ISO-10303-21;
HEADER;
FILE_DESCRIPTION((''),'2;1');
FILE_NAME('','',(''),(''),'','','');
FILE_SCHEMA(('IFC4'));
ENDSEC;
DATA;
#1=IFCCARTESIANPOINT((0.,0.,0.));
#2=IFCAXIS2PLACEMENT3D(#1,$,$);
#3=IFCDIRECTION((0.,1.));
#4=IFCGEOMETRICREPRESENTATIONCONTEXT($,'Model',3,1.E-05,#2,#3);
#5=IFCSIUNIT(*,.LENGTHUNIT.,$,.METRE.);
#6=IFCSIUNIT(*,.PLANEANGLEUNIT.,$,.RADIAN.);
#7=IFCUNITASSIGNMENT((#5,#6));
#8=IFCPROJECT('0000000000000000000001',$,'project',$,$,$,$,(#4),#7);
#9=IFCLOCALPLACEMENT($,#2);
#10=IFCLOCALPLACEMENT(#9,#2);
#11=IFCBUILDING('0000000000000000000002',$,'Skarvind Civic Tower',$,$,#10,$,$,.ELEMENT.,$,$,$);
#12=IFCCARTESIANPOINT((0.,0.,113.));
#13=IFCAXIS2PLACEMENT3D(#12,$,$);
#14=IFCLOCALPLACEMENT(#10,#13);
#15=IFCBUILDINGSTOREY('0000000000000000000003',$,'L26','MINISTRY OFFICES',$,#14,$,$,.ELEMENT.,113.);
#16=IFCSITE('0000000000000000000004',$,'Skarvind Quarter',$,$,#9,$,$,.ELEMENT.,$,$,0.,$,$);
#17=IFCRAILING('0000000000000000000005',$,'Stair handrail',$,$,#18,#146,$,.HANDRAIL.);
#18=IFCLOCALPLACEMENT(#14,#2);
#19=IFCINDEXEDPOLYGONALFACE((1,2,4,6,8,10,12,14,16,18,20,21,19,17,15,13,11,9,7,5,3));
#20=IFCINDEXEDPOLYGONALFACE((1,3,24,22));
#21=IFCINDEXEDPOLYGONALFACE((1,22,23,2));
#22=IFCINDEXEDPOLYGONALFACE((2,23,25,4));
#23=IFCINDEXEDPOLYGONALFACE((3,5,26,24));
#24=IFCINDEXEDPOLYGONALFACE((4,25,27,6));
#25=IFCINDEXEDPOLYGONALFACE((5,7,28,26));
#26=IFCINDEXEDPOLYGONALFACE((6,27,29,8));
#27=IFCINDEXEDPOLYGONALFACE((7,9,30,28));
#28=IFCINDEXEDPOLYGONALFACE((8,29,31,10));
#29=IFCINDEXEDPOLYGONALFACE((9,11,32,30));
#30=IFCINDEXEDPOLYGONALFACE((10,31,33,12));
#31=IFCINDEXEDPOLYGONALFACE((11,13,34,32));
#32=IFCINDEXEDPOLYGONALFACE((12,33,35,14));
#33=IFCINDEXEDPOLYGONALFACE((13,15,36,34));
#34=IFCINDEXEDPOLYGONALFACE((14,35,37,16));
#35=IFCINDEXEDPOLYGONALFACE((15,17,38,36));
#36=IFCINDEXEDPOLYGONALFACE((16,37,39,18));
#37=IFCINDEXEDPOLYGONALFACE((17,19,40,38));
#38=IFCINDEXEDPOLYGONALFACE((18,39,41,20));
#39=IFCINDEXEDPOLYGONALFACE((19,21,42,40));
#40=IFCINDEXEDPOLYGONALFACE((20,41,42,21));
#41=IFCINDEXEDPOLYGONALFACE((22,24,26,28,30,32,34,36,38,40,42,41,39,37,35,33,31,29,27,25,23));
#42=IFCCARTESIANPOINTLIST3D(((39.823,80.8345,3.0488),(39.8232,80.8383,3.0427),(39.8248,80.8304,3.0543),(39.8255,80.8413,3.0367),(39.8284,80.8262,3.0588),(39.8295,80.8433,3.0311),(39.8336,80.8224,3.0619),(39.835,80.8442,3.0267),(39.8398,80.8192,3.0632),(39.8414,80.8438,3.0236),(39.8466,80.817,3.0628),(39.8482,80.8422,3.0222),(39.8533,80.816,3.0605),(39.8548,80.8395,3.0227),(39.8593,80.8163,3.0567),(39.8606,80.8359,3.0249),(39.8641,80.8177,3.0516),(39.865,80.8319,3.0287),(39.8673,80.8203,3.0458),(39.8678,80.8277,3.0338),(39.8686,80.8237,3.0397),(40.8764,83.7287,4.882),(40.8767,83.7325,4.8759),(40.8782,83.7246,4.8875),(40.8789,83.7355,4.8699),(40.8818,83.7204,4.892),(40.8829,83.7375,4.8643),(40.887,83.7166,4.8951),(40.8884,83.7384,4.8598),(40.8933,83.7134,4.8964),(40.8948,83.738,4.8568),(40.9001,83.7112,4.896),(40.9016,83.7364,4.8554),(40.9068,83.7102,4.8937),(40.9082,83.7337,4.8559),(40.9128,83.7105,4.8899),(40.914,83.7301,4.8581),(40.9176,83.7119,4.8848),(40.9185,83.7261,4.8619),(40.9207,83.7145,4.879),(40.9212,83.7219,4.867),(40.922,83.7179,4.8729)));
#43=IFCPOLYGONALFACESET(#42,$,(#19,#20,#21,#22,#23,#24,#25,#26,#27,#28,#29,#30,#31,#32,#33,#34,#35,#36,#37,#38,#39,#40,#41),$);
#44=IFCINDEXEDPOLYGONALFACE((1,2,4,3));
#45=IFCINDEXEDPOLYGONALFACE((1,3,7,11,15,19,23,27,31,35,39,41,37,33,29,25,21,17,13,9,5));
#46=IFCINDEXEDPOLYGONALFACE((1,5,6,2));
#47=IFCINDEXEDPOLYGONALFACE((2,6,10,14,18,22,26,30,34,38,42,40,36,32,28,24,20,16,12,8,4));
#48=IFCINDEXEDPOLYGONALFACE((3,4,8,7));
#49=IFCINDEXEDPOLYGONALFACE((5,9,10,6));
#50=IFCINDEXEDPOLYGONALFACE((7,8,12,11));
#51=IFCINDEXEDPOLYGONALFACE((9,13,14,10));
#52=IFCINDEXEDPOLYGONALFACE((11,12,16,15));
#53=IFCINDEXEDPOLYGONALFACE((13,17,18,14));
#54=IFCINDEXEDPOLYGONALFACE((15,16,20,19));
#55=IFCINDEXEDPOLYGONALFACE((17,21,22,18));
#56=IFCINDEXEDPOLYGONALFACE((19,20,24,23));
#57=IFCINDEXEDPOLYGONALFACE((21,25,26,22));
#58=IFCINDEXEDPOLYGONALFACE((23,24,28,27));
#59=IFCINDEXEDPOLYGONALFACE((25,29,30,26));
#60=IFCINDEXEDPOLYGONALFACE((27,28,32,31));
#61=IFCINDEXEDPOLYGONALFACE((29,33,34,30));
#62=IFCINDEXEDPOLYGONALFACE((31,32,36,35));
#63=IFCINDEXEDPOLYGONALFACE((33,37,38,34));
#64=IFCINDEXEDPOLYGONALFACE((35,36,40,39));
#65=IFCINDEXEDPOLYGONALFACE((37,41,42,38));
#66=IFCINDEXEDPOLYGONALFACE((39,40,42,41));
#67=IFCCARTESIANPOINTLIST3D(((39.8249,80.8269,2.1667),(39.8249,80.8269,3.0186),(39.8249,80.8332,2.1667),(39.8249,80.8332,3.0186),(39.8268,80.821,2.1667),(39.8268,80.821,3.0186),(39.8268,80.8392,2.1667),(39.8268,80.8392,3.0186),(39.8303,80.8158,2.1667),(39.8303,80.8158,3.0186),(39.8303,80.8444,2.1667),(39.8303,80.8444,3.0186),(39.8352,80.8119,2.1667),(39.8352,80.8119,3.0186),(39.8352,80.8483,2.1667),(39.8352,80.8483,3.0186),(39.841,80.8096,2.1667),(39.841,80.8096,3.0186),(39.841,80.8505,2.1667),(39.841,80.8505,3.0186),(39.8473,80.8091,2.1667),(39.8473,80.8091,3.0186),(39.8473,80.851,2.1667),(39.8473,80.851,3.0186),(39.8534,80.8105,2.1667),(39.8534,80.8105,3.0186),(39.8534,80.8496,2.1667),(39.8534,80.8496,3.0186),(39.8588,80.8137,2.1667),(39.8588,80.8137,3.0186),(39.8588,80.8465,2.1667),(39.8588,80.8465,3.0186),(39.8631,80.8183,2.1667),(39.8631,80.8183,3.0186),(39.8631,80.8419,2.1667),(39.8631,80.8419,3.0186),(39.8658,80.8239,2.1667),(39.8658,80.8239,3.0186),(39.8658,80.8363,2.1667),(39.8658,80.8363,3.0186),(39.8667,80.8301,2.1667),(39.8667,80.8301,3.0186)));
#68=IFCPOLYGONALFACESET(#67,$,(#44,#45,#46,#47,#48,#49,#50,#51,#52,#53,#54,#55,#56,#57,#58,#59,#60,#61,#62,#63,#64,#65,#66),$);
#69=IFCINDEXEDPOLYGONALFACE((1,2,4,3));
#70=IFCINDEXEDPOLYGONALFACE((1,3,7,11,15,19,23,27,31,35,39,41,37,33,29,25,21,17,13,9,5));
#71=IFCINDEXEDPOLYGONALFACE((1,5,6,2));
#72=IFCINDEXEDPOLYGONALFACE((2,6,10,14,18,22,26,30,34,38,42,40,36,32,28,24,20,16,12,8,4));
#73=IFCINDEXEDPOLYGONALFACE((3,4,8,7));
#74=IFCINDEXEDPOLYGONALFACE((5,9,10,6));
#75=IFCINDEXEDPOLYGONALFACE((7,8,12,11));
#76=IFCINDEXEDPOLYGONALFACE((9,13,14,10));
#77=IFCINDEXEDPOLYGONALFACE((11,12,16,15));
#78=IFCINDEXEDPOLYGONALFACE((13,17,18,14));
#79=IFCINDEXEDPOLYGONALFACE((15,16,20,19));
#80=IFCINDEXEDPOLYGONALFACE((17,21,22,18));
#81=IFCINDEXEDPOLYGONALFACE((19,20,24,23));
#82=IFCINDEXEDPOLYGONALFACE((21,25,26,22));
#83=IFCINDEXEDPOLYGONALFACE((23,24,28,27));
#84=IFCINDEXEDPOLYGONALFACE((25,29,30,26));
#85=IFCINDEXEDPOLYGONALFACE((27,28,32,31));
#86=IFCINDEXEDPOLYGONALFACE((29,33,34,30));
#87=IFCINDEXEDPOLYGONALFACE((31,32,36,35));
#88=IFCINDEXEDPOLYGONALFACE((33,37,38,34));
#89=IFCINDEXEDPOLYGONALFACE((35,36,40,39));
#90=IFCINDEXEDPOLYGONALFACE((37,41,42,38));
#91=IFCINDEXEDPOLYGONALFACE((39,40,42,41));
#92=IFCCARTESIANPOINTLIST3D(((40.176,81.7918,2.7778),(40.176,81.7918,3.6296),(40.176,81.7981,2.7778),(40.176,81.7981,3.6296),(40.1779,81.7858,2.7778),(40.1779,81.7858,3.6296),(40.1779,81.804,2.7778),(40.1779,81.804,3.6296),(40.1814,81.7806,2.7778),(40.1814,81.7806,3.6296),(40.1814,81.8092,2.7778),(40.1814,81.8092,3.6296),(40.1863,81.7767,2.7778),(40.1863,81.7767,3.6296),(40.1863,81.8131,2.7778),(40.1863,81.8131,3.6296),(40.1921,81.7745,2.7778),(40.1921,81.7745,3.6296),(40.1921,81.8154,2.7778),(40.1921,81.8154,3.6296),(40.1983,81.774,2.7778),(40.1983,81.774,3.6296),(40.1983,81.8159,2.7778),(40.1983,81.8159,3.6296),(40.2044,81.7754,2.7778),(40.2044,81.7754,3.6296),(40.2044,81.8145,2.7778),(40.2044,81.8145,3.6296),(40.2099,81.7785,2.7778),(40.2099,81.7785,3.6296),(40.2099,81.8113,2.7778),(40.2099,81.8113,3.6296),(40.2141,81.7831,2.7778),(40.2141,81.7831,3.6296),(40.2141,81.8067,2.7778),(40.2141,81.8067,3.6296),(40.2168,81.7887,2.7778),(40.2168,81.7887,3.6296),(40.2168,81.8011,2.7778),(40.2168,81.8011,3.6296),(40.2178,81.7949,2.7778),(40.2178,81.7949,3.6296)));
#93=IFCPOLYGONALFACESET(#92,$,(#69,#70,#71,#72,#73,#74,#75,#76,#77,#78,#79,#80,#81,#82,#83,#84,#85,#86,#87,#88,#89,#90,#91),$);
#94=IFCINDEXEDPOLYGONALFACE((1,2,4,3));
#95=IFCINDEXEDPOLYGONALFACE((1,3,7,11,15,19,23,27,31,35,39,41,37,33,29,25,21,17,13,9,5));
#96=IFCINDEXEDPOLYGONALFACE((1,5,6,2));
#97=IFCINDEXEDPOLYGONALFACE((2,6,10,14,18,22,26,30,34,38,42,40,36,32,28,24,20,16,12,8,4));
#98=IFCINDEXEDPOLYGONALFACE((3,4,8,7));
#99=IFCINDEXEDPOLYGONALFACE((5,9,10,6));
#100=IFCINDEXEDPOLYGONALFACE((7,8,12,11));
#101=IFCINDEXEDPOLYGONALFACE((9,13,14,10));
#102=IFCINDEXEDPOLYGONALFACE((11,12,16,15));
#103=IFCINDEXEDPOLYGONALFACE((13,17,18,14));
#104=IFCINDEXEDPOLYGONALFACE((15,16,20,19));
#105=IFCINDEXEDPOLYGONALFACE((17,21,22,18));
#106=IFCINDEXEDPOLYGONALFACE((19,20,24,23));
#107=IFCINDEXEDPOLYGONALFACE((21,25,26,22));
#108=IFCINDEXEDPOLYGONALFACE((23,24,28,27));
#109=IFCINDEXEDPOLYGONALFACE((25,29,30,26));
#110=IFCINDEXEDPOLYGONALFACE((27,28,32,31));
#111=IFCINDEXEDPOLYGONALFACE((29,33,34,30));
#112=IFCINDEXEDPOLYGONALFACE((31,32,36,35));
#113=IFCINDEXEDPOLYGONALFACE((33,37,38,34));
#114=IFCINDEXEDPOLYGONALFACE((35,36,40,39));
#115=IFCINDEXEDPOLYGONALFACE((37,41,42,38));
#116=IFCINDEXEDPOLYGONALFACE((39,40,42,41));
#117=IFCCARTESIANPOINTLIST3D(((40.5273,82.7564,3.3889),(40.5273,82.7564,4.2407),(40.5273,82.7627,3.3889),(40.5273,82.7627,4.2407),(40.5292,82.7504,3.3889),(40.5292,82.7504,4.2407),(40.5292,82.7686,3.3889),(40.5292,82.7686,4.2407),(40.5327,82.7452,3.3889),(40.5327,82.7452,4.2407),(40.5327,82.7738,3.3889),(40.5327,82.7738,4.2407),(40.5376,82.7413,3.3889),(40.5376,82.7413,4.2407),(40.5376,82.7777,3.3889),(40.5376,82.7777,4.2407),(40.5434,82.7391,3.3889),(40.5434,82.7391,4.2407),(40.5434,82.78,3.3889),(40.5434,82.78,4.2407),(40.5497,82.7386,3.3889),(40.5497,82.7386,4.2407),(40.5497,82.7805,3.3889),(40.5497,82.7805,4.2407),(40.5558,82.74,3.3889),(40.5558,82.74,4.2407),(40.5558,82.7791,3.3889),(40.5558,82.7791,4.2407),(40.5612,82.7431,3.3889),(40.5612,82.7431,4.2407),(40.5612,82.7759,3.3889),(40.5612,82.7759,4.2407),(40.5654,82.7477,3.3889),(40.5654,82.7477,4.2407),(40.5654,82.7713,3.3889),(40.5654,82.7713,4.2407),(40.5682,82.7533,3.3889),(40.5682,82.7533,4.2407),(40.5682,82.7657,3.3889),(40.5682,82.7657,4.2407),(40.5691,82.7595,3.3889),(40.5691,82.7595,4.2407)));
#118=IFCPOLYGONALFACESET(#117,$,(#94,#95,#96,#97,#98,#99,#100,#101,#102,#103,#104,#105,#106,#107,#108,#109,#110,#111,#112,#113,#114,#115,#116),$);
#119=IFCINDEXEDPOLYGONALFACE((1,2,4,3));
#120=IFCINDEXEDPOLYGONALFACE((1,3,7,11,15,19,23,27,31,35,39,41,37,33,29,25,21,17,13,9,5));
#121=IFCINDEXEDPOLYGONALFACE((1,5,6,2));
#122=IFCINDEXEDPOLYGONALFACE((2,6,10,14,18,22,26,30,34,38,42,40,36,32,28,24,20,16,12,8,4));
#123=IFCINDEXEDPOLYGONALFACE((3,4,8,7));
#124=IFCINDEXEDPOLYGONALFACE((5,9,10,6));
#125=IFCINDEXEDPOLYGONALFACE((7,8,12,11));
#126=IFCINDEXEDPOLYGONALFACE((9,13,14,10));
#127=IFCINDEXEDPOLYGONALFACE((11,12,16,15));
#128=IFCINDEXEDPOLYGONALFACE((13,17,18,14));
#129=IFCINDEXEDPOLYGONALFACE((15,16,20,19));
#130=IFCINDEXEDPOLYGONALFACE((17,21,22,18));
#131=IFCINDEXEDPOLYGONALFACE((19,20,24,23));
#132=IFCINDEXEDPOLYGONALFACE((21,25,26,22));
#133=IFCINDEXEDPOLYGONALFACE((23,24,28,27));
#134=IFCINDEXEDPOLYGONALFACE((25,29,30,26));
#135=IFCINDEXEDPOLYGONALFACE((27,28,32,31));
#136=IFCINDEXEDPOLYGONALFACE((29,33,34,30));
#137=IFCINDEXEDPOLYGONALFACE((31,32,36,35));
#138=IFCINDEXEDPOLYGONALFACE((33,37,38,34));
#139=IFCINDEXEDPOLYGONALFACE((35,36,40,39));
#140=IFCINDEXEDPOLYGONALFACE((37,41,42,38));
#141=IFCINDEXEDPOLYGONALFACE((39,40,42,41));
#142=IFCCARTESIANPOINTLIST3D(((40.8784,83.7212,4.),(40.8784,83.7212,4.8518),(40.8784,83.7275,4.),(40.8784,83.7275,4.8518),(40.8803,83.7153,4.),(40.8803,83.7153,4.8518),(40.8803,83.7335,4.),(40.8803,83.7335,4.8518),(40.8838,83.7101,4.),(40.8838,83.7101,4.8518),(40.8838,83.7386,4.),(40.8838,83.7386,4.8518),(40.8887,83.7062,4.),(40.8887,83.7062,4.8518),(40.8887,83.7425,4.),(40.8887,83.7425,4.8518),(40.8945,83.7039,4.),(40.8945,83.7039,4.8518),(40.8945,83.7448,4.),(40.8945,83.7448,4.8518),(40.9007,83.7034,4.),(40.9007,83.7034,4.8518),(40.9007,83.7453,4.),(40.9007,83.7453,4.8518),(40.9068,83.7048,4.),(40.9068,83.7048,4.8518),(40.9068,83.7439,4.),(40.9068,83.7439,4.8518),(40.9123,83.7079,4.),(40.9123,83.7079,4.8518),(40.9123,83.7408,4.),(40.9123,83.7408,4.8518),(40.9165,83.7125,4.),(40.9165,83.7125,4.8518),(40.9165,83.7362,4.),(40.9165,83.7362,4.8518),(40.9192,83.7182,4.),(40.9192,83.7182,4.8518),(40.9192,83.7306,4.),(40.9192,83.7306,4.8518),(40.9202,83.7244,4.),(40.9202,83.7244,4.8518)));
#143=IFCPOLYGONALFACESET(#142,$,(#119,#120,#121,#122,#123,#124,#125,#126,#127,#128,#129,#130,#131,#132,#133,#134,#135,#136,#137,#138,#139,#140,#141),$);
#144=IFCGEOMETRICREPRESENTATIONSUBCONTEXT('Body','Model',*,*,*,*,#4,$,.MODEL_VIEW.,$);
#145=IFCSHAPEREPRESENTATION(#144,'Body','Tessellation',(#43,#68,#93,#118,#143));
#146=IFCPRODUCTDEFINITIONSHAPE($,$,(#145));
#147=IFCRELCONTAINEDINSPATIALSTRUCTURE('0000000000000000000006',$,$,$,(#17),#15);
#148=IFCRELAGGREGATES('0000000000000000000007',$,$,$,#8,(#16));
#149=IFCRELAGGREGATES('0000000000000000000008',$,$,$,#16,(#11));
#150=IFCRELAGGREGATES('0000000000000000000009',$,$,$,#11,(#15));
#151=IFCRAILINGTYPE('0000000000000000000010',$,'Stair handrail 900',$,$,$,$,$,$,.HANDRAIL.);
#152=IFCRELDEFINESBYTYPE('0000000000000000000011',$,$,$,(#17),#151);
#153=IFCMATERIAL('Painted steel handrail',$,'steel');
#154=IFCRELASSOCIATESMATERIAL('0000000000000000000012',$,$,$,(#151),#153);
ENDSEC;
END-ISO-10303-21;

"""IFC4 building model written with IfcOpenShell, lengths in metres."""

from ifc_helpers import new_model, si_unit, direction, frame, origin, origin_2d, place, context, subcontext, project, spatial, circle, extrude, material, type_object, element, save


model = new_model("IFC4")

# Units and contexts
model_context = context("Model", 3, precision=1e-05, world=origin(), true_north=direction((0.0, 1.0)))
body_context = subcontext(model_context, "Body", "Model", "MODEL_VIEW")
ifc_project = project(units=[si_unit("LENGTHUNIT", "METRE"), si_unit("PLANEANGLEUNIT", "RADIAN")], contexts=[model_context])

# Site, building, storey
site_placement = place(None, origin())
site = spatial("IfcSite", under=ifc_project, at=site_placement, Name="Skarvind Quarter", CompositionType="ELEMENT", RefElevation=0.0)
building_placement = place(site_placement, origin())
building = spatial("IfcBuilding", under=site, at=building_placement, Name="Skarvind Civic Tower", CompositionType="ELEMENT")
storey_placement = place(building_placement, frame((0.0, 0.0, 113.0)))
storey = spatial("IfcBuildingStorey", under=building, at=storey_placement, Name="L26", Description="MINISTRY OFFICES", CompositionType="ELEMENT", Elevation=113.0)

# Railing
ifc_material_1 = material(Name="Painted steel handrail", Category="steel")
railing_type = type_object("IfcRailingType", Name="Stair handrail 900", PredefinedType="HANDRAIL", material=ifc_material_1)
railing_1_placement = place(storey_placement, frame((39.8457, 80.8301, 2.1667)))
element("IfcRailing", 1, at=railing_1_placement, inside=storey, type_object=railing_type, Name="Stair handrail", PredefinedType="HANDRAIL", context=body_context, shape_type="SweptSolid", body=[
    extrude(circle(Radius=0.0239, at=origin_2d()), frame((0.0, 0.0, 0.876), z_axis=(0.293908, 0.807481, 0.511461), x_axis=(-0.939689, 0.342029, 0.0)), (0.0, 0.0, 1.0), 3.5842),
    extrude(circle(Radius=0.021, at=origin_2d()), origin(), (0.0, 0.0, 1.0), 0.8518),
    extrude(circle(Radius=0.021, at=origin_2d()), frame((0.3511, 0.9648, 0.6111)), (0.0, 0.0, 1.0), 0.8518),
    extrude(circle(Radius=0.021, at=origin_2d()), frame((0.7024, 1.9294, 1.2222)), (0.0, 0.0, 1.0), 0.8518),
    extrude(circle(Radius=0.021, at=origin_2d()), frame((1.0535, 2.8943, 1.8333)), (0.0, 0.0, 1.0), 0.8518),
])

save(model, "model.ifc")
